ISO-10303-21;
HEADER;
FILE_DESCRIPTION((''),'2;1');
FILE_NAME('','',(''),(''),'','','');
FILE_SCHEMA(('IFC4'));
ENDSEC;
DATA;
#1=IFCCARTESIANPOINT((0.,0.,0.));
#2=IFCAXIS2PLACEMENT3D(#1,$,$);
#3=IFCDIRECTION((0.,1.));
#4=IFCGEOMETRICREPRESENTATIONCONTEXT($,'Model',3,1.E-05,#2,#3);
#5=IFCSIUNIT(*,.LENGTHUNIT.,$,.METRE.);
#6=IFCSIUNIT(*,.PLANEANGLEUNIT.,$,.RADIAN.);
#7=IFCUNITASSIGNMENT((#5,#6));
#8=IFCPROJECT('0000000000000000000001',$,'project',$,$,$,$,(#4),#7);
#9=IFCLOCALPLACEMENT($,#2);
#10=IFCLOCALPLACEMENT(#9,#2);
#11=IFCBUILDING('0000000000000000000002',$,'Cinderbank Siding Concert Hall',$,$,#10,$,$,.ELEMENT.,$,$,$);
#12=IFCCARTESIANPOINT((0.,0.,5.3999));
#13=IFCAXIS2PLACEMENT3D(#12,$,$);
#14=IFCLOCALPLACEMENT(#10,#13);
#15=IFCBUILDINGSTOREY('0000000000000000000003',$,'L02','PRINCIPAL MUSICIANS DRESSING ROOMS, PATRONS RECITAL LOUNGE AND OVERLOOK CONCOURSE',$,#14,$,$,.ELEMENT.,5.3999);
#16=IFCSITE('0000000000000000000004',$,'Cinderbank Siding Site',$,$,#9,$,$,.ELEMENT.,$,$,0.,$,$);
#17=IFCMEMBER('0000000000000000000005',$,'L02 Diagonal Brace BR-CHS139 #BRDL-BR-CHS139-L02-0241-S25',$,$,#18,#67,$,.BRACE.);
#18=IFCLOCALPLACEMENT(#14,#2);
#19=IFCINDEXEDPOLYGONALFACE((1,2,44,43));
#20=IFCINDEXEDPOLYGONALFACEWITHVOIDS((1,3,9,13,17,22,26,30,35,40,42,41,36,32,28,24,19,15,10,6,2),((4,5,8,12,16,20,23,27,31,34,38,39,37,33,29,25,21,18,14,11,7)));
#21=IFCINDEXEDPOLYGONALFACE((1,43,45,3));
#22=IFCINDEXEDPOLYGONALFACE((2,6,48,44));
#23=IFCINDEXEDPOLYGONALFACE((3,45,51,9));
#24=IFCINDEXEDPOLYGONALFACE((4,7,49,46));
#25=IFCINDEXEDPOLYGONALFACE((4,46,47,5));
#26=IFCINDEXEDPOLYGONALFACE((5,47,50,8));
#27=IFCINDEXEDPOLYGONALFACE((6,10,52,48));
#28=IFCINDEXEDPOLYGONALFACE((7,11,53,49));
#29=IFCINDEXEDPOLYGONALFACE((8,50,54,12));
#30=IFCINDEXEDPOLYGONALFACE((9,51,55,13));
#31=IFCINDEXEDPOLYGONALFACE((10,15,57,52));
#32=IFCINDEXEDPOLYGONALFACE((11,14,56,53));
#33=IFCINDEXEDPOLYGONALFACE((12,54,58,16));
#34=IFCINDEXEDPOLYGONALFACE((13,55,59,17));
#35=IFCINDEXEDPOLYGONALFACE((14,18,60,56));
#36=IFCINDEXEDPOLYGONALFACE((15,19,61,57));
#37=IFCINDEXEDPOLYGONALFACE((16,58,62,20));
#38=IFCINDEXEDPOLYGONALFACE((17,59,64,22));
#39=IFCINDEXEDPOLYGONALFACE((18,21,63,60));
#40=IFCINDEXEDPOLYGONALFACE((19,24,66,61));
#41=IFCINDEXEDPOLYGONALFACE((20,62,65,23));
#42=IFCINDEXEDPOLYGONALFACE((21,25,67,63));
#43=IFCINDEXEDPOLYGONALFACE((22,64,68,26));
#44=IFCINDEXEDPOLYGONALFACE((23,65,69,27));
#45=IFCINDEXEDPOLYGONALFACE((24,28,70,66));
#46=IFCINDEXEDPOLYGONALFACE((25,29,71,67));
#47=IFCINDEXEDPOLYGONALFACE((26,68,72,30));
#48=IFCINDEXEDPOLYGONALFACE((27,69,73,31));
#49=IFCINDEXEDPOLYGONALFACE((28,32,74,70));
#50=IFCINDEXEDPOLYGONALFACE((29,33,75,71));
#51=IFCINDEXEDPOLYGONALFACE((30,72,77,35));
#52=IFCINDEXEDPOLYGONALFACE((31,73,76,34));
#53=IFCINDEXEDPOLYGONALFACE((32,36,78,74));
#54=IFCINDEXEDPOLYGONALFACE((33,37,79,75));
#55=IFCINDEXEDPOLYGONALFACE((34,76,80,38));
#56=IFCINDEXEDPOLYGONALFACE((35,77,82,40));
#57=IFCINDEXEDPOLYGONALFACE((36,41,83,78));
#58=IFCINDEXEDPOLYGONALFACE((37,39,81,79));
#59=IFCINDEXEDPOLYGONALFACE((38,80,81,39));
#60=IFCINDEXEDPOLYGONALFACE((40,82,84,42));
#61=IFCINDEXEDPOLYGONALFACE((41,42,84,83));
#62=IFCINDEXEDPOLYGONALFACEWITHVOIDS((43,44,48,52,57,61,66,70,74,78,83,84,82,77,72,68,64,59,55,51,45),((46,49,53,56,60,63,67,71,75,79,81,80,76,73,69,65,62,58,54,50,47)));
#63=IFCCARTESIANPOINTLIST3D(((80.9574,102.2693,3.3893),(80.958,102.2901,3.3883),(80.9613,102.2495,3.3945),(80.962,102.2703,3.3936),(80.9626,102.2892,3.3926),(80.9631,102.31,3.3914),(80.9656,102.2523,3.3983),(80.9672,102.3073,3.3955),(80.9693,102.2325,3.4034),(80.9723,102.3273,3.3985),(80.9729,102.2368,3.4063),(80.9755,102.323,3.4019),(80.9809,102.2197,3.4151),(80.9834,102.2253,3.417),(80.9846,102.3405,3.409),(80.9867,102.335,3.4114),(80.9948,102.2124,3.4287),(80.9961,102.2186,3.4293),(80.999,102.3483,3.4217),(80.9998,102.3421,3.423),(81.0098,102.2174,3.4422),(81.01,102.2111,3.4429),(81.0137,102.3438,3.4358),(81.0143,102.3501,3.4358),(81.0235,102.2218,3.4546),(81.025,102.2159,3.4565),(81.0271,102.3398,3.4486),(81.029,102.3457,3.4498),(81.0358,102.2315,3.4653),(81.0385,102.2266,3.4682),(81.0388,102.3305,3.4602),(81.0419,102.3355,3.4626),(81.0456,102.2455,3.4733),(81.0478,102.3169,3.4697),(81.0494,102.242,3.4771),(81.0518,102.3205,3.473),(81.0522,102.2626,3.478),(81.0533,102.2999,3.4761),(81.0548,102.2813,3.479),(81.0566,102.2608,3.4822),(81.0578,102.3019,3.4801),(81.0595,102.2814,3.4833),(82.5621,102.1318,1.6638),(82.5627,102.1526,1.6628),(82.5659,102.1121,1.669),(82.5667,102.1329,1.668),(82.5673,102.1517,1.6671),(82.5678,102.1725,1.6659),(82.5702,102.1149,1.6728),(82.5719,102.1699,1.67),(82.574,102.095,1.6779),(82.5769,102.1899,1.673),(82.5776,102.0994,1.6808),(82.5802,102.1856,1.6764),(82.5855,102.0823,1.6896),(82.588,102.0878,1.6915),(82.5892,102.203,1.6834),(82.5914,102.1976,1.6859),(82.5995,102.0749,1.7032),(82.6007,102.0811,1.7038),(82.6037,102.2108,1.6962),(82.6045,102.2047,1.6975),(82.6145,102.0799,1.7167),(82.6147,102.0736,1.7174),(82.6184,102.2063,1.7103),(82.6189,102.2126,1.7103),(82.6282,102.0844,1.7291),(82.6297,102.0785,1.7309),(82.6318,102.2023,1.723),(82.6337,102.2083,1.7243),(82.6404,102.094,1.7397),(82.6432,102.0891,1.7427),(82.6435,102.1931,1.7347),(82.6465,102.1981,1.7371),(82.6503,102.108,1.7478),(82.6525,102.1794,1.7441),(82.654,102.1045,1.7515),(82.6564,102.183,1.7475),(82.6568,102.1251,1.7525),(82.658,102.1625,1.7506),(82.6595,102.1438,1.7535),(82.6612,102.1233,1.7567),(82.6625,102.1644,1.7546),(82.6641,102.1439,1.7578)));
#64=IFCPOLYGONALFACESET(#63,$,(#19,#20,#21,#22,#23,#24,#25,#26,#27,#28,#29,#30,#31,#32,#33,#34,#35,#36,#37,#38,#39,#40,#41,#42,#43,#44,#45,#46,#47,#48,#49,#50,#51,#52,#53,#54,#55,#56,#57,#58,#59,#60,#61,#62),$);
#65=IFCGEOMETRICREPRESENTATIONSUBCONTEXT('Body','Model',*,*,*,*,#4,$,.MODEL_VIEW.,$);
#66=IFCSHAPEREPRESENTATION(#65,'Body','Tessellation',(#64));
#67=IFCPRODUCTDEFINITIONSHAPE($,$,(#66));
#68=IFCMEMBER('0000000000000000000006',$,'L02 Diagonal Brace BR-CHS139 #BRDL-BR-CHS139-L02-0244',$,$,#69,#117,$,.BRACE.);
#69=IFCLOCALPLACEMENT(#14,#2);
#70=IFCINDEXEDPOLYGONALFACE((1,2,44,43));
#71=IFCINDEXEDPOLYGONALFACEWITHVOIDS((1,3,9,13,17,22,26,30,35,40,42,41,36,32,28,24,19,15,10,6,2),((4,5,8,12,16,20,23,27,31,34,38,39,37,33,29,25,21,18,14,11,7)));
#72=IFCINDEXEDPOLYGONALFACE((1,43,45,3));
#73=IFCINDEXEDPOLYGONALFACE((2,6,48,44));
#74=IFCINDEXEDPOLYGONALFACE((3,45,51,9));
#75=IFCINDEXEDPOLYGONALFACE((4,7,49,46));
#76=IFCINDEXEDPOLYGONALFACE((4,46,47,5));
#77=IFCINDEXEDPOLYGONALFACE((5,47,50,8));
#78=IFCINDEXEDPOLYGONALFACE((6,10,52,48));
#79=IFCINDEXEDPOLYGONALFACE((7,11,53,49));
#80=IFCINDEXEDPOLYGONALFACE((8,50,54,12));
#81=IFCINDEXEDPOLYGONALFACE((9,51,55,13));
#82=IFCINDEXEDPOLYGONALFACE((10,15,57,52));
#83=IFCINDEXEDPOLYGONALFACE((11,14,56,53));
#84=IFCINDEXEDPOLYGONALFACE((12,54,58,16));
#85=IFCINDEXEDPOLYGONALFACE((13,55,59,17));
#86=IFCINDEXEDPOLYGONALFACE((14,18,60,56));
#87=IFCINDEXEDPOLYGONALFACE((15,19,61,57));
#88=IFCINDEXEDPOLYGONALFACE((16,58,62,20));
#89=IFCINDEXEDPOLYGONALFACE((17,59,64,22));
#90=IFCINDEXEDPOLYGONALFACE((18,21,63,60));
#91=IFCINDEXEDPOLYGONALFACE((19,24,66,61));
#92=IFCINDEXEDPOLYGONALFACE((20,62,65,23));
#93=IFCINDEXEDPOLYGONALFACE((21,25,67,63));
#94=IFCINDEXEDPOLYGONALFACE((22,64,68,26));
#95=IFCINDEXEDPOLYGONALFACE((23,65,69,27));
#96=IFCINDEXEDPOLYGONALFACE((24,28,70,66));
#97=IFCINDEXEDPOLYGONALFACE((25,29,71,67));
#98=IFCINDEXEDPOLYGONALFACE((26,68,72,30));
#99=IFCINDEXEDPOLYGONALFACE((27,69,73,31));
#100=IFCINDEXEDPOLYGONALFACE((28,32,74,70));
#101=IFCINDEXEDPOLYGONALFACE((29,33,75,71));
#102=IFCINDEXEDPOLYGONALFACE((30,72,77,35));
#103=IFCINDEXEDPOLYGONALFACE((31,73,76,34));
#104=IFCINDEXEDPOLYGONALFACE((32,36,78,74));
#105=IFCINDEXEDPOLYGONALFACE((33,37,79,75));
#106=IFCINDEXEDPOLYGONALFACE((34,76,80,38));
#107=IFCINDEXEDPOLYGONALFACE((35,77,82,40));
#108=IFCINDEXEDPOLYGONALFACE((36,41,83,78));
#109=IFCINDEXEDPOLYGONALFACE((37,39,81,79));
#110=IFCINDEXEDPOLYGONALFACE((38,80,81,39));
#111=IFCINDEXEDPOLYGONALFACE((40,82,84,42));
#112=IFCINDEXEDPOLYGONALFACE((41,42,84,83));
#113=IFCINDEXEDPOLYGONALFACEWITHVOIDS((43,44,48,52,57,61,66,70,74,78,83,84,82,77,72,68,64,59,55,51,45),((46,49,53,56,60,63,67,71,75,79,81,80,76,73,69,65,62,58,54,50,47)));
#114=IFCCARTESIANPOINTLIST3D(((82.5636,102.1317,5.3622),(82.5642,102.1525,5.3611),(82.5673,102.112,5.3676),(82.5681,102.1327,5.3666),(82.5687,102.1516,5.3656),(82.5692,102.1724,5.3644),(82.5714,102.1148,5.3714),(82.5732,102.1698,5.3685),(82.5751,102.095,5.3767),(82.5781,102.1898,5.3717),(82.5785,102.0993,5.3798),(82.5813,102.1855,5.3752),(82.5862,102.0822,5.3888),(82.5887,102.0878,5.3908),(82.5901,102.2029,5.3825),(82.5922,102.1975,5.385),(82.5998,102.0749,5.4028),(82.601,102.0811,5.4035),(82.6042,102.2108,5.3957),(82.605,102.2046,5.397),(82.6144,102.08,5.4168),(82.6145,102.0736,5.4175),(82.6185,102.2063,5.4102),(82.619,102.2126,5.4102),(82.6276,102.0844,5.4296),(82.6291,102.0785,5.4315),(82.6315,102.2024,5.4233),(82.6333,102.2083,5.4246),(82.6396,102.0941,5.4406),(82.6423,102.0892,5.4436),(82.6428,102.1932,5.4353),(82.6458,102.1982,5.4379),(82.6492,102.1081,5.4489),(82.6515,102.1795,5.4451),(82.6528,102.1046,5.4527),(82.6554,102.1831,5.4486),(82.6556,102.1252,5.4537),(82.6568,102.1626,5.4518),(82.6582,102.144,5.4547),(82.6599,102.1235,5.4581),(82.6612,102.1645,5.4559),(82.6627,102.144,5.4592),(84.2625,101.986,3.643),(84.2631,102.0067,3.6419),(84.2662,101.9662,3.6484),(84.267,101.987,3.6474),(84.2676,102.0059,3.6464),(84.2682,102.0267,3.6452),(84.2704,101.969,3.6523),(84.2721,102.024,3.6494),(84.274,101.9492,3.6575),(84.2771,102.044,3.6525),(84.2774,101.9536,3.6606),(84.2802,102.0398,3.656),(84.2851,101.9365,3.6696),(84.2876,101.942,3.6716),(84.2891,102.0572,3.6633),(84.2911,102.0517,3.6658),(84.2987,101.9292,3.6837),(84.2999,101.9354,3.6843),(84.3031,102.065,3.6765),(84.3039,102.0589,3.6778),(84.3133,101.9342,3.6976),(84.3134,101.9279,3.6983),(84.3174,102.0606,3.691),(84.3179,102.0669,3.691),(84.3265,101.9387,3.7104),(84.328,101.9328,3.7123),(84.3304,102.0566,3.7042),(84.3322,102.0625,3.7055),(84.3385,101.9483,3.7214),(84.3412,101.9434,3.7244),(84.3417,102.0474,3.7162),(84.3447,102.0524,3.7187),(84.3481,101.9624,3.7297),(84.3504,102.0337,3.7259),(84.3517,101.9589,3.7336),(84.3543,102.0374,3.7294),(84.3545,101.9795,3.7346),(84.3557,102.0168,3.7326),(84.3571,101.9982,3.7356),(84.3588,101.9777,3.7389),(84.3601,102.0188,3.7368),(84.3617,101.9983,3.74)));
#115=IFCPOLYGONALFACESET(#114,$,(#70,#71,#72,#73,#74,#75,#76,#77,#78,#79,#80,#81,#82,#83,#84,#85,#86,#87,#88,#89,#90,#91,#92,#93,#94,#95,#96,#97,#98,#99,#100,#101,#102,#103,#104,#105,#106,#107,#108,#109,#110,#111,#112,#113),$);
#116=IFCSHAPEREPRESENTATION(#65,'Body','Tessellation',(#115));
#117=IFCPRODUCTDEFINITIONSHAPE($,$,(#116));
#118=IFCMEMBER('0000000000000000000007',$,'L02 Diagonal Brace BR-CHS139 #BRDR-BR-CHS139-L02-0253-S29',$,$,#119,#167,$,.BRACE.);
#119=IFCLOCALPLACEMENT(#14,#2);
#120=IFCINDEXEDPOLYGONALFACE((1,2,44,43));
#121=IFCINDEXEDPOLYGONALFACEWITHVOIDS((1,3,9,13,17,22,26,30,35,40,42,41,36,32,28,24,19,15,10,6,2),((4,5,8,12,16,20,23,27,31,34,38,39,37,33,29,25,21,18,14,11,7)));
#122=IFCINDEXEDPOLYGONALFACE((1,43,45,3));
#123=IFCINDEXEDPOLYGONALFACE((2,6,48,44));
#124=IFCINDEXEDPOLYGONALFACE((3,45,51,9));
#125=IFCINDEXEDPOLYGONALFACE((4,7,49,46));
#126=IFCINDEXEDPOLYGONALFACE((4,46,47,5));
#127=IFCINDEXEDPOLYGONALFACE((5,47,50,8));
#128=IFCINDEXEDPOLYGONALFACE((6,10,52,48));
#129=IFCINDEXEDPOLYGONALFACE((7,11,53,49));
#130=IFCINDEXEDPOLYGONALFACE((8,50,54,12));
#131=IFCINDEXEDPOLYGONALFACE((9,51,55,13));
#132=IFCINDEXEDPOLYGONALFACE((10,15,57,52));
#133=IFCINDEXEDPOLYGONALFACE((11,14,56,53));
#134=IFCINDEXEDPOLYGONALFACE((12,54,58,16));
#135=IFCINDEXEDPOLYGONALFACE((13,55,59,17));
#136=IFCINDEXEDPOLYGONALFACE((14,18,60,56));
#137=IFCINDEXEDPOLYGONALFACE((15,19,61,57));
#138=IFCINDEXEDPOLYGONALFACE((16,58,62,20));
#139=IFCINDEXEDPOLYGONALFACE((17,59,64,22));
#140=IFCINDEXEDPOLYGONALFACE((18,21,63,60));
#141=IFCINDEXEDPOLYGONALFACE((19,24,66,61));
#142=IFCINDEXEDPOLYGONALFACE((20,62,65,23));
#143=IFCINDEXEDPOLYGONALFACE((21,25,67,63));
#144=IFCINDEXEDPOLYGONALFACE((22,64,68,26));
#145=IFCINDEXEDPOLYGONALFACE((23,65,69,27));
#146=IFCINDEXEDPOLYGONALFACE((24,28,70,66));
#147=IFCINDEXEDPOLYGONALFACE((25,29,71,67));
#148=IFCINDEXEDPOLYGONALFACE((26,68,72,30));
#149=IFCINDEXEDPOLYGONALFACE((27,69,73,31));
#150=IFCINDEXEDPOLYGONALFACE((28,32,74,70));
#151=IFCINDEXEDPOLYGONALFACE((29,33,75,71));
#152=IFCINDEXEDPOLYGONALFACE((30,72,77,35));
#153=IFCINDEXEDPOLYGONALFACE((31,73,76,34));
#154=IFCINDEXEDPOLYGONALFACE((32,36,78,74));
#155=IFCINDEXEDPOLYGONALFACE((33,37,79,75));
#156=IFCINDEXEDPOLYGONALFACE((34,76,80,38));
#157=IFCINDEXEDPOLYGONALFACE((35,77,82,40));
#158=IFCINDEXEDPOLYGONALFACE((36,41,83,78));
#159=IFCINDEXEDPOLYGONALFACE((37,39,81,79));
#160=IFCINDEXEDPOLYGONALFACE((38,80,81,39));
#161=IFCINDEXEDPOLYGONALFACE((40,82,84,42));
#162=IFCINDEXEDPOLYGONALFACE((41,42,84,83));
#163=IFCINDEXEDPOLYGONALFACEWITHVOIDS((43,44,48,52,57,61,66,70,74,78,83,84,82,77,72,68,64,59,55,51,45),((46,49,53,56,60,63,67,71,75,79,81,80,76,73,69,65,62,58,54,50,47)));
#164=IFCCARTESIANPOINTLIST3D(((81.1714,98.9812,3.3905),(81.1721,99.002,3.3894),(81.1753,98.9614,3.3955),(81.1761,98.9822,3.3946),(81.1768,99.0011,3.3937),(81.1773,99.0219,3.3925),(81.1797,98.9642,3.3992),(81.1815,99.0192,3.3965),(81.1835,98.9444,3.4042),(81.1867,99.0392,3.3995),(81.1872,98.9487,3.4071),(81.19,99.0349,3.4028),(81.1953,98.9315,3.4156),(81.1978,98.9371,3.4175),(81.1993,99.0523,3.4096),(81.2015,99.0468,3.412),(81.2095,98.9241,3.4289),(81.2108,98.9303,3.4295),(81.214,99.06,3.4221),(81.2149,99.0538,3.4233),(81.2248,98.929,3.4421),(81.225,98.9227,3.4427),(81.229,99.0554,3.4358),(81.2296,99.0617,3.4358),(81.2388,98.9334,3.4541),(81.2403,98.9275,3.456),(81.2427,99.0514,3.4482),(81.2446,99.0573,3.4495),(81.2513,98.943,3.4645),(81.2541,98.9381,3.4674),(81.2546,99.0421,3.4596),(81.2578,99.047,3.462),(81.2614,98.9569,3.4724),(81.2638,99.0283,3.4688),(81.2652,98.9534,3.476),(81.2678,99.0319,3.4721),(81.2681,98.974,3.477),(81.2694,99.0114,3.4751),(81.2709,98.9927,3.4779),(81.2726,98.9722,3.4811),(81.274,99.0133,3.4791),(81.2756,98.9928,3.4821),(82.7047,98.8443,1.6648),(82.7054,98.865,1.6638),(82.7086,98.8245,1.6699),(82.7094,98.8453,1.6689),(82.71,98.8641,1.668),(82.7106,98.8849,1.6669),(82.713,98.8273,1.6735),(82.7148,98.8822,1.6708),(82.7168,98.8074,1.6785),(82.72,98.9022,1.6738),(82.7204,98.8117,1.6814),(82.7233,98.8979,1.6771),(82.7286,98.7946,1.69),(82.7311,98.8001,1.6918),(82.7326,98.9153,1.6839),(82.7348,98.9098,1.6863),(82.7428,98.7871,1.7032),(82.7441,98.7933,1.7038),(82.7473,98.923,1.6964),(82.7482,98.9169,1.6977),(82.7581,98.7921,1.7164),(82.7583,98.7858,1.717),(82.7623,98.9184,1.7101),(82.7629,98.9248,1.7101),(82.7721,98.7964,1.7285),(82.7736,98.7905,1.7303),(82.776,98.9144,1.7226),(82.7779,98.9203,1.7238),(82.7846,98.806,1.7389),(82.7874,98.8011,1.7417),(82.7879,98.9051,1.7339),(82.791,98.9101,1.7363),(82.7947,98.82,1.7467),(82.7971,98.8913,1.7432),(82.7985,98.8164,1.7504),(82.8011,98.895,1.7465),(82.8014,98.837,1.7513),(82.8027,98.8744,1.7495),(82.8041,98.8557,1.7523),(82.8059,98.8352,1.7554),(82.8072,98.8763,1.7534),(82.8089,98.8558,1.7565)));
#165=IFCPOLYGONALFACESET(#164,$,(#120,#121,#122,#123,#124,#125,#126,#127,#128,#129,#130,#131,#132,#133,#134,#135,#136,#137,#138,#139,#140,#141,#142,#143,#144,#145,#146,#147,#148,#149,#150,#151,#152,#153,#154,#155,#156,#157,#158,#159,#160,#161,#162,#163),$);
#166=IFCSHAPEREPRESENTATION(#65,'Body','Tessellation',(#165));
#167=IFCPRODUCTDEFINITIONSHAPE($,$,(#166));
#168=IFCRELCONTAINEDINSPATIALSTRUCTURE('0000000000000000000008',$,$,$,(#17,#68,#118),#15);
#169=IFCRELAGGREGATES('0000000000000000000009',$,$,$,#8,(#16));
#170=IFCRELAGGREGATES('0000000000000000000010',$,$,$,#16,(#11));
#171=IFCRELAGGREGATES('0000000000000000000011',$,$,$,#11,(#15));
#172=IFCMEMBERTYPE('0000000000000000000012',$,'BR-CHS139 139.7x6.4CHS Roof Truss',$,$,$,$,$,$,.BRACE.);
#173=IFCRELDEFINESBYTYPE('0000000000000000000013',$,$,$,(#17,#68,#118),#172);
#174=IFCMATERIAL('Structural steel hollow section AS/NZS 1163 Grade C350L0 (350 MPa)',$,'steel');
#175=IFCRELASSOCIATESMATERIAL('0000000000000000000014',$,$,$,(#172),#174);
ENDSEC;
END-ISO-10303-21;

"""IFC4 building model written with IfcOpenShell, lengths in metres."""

from ifc_helpers import new_model, si_unit, direction, frame, origin, origin_2d, place, context, subcontext, project, spatial, hollow_circle, extrude, material, material_profile, profile_set, type_object, element, save


model = new_model("IFC4")

# Units and contexts
model_context = context("Model", 3, precision=1e-05, world=origin(), true_north=direction((0.0, 1.0)))
body_context = subcontext(model_context, "Body", "Model", "MODEL_VIEW")
ifc_project = project(units=[si_unit("LENGTHUNIT", "METRE"), si_unit("PLANEANGLEUNIT", "RADIAN")], contexts=[model_context])

# Site, building, storey
site_placement = place(None, origin())
site = spatial("IfcSite", under=ifc_project, at=site_placement, Name="Cinderbank Siding Site", CompositionType="ELEMENT", RefElevation=0.0)
building_placement = place(site_placement, origin())
building = spatial("IfcBuilding", under=site, at=building_placement, Name="Cinderbank Siding Concert Hall", CompositionType="ELEMENT")
storey_placement = place(building_placement, frame((0.0, 0.0, 5.3999)))
storey = spatial("IfcBuildingStorey", under=building, at=storey_placement, Name="L02", Description="PRINCIPAL MUSICIANS DRESSING ROOMS, PATRONS RECITAL LOUNGE AND OVERLOOK CONCOURSE", CompositionType="ELEMENT", Elevation=5.3999)

# Members
ifc_material_1 = material(Name="Structural steel hollow section AS/NZS 1163 Grade C350L0 (350 MPa)", Category="steel")
ifc_material_profile_1 = material_profile(ifc_material_1, hollow_circle(Radius=0.0698, WallThickness=0.0063, at=origin_2d()), Name="139.7x6.4CHS", Category="LoadBearing")
ifc_profile_set_1 = profile_set([ifc_material_profile_1], Name="Structural steel hollow section AS/NZS 1163 Grade C350L0 (350 MPa)")
member_type_1 = type_object("IfcMemberType", Name="BR-CHS139 139.7x6.4CHS Roof Truss", PredefinedType="BRACE", material=ifc_profile_set_1)
member_1_placement = place(storey_placement, frame((81.0083, 102.2805, 3.4358), z_axis=(0.679844, -0.058231, -0.731041), x_axis=(0.085341, 0.996352, 0.0)))
element("IfcMember", 1, at=member_1_placement, inside=storey, type_object=member_type_1, Name="L02 Diagonal Brace BR-CHS139 #BRDL-BR-CHS139-L02-0241-S25", PredefinedType="BRACE", context=body_context, shape_type="SweptSolid", body=[
    extrude(hollow_circle(Radius=0.0698, WallThickness=0.0063, at=origin_2d()), origin(), (0.0, 0.0, 1.0), 2.3604),
])
member_2_placement = place(storey_placement, frame((82.613, 102.1431, 5.4102), z_axis=(0.701628, -0.060191, -0.709996), x_axis=(0.085474, 0.99634, 0.0)))
element("IfcMember", 2, at=member_2_placement, inside=storey, type_object=member_type_1, Name="L02 Diagonal Brace BR-CHS139 #BRDL-BR-CHS139-L02-0244", PredefinedType="BRACE", context=body_context, shape_type="SweptSolid", body=[
    extrude(hollow_circle(Radius=0.0698, WallThickness=0.0063, at=origin_2d()), origin(), (0.0, 0.0, 1.0), 2.4214),
])
member_3_placement = place(storey_placement, frame((81.2234, 98.9922, 3.4358), z_axis=(0.66304, -0.05923, -0.746237), x_axis=(0.088977, 0.996034, 0.0)))
element("IfcMember", 3, at=member_3_placement, inside=storey, type_object=member_type_1, Name="L02 Diagonal Brace BR-CHS139 #BRDR-BR-CHS139-L02-0253-S29", PredefinedType="BRACE", context=body_context, shape_type="SweptSolid", body=[
    extrude(hollow_circle(Radius=0.0698, WallThickness=0.0063, at=origin_2d()), origin(), (0.0, 0.0, 1.0), 2.3125),
])

save(model, "model.ifc")
